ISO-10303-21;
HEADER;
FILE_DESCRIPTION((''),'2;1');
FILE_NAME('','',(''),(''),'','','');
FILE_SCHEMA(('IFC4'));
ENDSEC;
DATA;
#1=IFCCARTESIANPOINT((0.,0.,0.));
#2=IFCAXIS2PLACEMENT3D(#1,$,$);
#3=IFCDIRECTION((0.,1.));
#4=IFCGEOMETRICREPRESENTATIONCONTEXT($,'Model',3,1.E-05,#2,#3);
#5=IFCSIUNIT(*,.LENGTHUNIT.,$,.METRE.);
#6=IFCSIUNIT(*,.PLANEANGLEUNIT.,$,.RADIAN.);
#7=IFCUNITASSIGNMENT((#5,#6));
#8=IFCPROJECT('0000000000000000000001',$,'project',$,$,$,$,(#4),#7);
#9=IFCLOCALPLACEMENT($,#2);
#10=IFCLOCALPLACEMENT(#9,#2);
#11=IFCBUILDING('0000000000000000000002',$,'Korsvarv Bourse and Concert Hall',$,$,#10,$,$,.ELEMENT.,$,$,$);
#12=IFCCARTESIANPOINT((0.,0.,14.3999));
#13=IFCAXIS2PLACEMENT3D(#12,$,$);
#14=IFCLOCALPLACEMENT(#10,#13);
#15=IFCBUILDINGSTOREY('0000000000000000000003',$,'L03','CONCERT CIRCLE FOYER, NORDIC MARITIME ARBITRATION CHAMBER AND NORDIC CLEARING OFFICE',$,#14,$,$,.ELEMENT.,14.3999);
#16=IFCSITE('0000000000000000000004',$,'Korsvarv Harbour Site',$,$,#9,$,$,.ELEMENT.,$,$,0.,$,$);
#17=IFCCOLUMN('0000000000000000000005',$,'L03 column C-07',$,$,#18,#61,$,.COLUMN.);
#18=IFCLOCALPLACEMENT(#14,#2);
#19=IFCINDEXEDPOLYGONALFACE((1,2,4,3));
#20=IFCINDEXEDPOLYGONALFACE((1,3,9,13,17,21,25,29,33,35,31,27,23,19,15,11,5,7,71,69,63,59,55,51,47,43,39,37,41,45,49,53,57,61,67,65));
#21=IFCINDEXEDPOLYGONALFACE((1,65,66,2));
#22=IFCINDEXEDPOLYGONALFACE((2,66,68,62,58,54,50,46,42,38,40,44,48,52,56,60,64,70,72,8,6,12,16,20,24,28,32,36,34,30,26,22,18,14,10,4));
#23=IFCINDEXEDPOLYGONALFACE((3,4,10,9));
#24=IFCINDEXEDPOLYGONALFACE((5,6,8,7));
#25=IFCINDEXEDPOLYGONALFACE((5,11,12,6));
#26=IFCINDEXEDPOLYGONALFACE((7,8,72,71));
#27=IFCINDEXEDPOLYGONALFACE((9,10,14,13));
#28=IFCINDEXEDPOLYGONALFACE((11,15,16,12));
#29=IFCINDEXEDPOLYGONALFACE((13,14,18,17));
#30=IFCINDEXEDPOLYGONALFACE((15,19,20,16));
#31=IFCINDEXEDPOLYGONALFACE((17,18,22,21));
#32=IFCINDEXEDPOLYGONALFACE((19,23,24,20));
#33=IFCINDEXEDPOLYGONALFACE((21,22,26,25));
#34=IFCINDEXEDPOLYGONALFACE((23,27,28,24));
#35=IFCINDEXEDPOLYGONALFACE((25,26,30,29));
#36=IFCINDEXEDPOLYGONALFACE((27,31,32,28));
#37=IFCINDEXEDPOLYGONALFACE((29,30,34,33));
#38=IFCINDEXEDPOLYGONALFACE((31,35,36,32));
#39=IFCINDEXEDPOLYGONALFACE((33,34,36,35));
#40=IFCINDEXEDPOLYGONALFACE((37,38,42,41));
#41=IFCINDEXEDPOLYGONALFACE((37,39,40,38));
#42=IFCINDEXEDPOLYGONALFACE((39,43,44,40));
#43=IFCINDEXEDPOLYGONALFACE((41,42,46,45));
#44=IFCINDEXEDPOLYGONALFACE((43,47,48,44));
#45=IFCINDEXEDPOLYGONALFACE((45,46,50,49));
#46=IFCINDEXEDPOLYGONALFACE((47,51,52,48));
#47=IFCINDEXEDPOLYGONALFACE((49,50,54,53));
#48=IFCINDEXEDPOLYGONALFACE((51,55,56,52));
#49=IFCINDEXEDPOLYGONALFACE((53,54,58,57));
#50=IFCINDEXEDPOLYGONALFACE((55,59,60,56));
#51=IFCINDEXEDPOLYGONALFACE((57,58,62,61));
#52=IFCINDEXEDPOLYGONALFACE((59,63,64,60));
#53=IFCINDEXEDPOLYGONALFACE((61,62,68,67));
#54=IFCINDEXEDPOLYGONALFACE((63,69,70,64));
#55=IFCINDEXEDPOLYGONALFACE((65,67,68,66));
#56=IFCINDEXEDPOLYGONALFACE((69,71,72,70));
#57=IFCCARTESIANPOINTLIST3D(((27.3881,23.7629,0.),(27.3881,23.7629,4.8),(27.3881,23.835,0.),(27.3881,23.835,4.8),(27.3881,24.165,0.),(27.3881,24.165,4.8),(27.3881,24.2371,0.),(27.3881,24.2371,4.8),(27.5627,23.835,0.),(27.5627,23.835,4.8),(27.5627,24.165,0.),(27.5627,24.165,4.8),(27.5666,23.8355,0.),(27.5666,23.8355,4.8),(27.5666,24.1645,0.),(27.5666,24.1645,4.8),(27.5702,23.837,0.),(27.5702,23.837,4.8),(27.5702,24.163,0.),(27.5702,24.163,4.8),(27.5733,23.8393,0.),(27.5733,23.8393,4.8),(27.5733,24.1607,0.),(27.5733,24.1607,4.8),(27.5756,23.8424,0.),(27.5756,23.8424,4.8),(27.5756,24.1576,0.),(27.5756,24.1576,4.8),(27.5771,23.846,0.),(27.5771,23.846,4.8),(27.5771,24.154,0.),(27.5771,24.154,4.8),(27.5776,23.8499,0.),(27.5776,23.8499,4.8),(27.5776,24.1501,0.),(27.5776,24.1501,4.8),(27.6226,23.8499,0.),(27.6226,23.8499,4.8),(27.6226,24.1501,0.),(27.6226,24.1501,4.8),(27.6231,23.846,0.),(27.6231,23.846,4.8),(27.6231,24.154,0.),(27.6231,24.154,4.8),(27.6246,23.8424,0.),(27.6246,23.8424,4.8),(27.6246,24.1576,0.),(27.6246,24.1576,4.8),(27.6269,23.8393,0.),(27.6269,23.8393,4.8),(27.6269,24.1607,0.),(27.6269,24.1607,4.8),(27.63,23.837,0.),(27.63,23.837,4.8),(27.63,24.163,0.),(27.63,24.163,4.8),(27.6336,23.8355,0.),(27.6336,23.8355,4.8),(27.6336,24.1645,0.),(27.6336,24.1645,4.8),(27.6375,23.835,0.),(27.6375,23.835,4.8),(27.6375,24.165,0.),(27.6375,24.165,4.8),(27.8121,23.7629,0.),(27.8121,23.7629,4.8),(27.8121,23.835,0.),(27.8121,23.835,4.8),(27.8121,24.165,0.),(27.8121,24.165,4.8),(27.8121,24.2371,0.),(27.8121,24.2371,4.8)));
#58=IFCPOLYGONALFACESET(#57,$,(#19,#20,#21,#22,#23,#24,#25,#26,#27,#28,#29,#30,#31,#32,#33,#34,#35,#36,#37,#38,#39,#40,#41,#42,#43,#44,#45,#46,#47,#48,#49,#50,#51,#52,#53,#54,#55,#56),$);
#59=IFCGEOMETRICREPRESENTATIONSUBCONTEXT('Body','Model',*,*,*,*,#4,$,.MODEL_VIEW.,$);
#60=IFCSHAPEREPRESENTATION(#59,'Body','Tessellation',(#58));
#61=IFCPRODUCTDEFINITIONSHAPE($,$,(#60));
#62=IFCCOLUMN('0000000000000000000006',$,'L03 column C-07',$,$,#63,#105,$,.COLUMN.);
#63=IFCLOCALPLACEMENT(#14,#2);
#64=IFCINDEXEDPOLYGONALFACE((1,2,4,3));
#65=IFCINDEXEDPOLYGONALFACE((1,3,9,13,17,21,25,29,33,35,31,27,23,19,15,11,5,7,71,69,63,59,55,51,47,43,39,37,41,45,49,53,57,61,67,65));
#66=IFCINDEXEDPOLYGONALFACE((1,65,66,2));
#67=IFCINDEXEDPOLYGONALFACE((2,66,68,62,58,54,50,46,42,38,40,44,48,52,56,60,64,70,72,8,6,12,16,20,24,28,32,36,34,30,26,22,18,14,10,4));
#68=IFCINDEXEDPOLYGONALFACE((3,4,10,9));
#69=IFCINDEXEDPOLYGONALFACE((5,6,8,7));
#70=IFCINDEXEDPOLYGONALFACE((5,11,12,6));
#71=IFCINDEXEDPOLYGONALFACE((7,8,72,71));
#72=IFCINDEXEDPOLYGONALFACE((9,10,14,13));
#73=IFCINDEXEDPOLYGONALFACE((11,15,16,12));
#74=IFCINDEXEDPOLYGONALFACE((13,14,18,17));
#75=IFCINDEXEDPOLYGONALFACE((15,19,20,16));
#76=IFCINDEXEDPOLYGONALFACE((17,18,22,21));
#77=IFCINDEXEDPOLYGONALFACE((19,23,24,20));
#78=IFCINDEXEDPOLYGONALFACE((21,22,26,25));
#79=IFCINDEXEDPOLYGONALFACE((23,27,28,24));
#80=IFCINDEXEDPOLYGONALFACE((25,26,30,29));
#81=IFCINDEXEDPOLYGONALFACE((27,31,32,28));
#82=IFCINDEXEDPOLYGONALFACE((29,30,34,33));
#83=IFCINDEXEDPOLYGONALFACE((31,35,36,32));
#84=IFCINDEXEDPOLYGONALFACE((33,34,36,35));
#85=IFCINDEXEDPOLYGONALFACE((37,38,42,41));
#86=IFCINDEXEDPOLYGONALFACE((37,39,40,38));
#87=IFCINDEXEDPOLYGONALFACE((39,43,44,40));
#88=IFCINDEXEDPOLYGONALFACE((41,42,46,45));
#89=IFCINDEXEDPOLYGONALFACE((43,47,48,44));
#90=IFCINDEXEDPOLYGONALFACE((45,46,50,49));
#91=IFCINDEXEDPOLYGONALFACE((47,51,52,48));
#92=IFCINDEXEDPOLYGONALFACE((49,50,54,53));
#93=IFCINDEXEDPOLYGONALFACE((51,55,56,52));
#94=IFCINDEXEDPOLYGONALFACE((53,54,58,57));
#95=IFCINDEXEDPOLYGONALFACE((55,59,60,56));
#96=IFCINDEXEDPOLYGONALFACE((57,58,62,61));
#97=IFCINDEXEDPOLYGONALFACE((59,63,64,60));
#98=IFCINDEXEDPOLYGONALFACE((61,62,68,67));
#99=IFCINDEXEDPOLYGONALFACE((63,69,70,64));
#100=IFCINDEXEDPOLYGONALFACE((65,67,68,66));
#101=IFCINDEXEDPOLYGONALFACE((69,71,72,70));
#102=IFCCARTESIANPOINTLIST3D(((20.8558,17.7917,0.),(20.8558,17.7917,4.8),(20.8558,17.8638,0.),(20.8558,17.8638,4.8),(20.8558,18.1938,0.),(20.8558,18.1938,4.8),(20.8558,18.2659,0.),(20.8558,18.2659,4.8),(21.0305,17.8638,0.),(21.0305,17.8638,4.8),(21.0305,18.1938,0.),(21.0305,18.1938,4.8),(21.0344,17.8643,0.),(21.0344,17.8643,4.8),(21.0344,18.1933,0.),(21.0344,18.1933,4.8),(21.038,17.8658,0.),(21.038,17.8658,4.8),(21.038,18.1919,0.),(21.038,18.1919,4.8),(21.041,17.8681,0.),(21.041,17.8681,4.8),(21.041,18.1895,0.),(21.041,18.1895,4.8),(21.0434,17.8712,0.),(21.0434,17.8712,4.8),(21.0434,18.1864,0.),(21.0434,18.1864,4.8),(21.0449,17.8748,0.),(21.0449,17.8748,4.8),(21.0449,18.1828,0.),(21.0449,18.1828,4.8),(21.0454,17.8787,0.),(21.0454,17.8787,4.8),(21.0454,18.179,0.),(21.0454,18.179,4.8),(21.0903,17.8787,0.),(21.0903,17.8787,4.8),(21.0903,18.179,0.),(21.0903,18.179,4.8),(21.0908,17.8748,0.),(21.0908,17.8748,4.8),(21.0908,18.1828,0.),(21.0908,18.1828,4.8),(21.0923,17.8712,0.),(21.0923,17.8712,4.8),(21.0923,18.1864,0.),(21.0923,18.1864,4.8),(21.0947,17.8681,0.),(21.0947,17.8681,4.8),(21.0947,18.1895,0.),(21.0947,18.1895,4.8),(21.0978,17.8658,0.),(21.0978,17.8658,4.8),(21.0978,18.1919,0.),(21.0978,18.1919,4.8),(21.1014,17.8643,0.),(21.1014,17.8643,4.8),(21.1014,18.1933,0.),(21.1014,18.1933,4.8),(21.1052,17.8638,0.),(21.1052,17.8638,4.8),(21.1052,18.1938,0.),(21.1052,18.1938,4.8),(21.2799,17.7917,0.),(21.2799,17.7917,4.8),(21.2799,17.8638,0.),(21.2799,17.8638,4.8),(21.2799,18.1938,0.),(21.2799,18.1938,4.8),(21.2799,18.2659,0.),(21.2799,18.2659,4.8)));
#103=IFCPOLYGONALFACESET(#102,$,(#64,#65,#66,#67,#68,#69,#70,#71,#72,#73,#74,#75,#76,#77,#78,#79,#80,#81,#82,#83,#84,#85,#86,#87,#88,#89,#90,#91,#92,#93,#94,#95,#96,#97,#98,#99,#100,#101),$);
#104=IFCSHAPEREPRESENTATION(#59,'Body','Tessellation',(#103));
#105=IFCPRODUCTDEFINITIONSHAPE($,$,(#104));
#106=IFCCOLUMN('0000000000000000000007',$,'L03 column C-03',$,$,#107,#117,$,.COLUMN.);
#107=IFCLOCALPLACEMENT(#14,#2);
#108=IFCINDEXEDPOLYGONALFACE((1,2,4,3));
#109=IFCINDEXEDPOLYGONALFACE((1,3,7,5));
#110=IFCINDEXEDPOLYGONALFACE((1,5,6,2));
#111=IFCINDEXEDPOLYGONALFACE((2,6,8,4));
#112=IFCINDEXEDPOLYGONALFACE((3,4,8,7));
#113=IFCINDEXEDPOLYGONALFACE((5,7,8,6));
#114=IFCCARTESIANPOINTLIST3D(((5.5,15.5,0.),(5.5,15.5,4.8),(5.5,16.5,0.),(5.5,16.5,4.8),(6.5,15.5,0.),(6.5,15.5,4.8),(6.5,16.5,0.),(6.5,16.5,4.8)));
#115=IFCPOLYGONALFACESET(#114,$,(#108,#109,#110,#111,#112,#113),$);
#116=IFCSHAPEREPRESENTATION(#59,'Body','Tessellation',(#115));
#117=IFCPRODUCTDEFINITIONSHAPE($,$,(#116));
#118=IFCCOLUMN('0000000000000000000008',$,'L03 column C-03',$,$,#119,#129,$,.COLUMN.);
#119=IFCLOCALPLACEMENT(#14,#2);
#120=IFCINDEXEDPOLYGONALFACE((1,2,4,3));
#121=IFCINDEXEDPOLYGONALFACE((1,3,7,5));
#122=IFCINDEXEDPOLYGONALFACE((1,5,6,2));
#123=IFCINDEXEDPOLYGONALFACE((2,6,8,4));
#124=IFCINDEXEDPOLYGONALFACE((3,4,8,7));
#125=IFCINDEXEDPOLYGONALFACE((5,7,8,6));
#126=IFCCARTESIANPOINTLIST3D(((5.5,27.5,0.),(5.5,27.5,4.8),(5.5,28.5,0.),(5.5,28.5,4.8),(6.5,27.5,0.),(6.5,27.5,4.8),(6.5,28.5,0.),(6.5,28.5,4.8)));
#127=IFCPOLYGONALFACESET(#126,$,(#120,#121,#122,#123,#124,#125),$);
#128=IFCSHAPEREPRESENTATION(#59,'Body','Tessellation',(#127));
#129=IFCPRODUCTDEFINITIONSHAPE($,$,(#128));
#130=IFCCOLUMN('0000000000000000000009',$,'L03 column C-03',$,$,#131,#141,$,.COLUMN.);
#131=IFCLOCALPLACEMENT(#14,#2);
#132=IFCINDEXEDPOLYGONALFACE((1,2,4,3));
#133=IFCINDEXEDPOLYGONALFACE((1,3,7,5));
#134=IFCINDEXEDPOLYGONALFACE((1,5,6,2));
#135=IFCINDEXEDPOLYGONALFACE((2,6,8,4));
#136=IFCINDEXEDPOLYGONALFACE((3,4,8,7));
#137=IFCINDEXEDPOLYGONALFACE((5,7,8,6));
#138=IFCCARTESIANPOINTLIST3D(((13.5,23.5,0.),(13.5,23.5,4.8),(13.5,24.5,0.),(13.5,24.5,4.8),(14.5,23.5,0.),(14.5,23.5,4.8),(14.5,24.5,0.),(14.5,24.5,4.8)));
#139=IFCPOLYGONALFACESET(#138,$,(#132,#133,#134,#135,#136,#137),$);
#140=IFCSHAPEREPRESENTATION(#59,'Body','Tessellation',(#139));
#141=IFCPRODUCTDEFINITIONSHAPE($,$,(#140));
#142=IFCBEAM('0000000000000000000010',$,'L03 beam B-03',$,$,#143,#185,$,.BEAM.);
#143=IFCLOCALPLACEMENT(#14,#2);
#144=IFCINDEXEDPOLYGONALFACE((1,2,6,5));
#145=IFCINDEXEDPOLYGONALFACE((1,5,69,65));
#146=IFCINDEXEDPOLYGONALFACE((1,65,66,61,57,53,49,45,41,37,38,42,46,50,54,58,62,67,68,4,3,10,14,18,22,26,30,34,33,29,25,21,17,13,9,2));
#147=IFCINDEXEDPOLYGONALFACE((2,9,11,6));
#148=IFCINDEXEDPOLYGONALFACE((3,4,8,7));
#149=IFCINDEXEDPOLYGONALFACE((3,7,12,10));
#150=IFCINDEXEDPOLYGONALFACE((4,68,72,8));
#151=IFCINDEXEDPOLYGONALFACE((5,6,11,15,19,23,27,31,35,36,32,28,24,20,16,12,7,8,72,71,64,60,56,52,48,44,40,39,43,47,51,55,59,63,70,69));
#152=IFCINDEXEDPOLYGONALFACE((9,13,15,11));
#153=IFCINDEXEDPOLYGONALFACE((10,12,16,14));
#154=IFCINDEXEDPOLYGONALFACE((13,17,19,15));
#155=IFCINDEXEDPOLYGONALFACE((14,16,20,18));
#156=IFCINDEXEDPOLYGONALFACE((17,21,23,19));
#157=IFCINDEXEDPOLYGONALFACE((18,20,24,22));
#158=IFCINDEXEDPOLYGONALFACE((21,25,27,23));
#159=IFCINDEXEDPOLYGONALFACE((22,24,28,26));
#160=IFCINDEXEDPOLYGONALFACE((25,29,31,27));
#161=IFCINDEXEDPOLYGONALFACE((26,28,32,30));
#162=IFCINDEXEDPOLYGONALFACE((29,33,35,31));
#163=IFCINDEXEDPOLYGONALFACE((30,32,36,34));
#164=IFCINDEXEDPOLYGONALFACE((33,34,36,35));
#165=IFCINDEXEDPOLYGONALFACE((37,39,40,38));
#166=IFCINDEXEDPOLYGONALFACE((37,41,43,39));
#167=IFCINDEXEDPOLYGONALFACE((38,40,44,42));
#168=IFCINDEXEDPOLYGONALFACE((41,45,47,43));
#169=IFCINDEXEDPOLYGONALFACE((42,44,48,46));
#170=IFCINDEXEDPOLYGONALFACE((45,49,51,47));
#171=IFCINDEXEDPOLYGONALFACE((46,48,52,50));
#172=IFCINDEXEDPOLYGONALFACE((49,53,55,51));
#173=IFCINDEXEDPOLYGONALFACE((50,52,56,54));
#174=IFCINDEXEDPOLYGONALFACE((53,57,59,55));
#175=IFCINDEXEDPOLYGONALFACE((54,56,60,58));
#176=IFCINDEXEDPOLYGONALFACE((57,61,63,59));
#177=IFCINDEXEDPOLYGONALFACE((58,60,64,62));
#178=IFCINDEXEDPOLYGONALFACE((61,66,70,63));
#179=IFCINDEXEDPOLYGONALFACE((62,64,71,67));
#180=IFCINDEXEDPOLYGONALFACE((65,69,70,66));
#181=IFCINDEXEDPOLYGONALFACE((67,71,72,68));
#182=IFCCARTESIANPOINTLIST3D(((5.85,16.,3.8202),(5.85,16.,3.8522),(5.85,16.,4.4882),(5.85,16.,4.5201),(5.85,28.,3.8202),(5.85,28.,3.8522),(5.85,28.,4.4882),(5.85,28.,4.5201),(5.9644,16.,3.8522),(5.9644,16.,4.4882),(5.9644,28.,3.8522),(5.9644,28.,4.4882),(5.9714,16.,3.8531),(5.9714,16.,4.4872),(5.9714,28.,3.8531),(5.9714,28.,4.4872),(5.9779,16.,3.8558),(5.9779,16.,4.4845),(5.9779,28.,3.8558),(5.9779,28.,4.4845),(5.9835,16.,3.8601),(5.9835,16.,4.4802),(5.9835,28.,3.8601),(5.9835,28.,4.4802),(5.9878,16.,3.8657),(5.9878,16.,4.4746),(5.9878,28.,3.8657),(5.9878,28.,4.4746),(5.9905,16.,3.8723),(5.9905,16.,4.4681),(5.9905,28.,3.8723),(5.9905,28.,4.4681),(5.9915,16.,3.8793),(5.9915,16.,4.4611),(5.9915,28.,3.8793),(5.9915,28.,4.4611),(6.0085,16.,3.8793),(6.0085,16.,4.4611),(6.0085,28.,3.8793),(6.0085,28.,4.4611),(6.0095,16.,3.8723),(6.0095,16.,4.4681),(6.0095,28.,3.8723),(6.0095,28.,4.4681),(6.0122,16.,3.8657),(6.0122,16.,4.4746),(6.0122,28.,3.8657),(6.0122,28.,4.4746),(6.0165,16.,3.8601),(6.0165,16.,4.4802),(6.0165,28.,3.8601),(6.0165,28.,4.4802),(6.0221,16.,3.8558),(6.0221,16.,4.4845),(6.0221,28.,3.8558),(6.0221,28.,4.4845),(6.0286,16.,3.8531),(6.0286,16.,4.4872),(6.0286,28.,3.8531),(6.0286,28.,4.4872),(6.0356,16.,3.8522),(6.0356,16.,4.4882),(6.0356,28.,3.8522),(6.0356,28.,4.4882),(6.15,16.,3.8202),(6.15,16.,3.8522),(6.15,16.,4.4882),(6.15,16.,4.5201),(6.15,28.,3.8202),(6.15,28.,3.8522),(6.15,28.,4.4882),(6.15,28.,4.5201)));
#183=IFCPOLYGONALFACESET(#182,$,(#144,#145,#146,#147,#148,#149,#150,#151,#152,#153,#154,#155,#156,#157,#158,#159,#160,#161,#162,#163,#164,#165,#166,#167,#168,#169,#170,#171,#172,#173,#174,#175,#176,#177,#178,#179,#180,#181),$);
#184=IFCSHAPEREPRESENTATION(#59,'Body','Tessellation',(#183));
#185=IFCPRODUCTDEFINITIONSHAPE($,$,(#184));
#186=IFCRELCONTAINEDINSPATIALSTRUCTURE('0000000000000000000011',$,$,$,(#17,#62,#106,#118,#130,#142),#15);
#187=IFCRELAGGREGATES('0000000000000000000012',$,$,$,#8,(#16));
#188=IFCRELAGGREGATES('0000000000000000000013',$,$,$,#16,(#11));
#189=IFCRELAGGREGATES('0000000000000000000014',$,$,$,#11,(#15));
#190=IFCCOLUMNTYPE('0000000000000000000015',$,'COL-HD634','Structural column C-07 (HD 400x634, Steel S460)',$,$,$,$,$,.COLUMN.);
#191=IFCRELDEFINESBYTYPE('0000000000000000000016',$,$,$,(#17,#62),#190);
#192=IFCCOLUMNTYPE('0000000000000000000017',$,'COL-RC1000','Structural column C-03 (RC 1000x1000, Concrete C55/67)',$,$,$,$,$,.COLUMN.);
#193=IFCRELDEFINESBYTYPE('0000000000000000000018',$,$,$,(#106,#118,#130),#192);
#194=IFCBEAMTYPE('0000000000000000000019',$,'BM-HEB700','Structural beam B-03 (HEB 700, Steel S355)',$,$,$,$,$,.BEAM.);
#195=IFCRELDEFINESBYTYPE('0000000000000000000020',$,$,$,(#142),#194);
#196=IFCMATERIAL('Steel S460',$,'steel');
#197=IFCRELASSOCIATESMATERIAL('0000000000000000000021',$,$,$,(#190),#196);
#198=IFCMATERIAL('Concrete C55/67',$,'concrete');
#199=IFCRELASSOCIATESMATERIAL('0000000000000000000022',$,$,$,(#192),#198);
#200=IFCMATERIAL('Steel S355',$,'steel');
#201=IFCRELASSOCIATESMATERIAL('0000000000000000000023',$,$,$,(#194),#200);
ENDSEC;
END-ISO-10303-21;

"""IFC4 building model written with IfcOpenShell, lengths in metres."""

from ifc_helpers import new_model, si_unit, direction, frame, origin, origin_2d, place, context, subcontext, project, spatial, rectangle, i_section, extrude, source, transform, mapped, material, material_profile, profile_set, type_object, element, save


model = new_model("IFC4")

# Units and contexts
model_context = context("Model", 3, precision=1e-05, world=origin(), true_north=direction((0.0, 1.0)))
body_context = subcontext(model_context, "Body", "Model", "MODEL_VIEW")
ifc_project = project(units=[si_unit("LENGTHUNIT", "METRE"), si_unit("PLANEANGLEUNIT", "RADIAN")], contexts=[model_context])

# Site, building, storey
site_placement = place(None, origin())
site = spatial("IfcSite", under=ifc_project, at=site_placement, Name="Korsvarv Harbour Site", CompositionType="ELEMENT", RefElevation=0.0)
building_placement = place(site_placement, origin())
building = spatial("IfcBuilding", under=site, at=building_placement, Name="Korsvarv Bourse and Concert Hall", CompositionType="ELEMENT")
storey_placement = place(building_placement, frame((0.0, 0.0, 14.3999)))
storey = spatial("IfcBuildingStorey", under=building, at=storey_placement, Name="L03", Description="CONCERT CIRCLE FOYER, NORDIC MARITIME ARBITRATION CHAMBER AND NORDIC CLEARING OFFICE", CompositionType="ELEMENT", Elevation=14.3999)

# Columns
ifc_material_1 = material(Name="Steel S460", Category="steel")
ifc_material_profile_1 = material_profile(ifc_material_1, i_section(OverallWidth=0.4241, OverallDepth=0.4741, WebThickness=0.0449, FlangeThickness=0.072, FilletRadius=0.0149, at=origin_2d()), Name="HD 400x634")
ifc_profile_set_1 = profile_set([ifc_material_profile_1], Name="Steel S460")
column_type_1 = type_object("IfcColumnType", Name="COL-HD634", Description="Structural column C-07 (HD 400x634, Steel S460)", PredefinedType="COLUMN", material=ifc_profile_set_1)
shared_shape_1 = source(origin(), body_context, "Body", "SweptSolid", [
    extrude(i_section(OverallWidth=0.4241, OverallDepth=0.4741, WebThickness=0.0449, FlangeThickness=0.072, FilletRadius=0.0149, at=origin_2d()), origin(), (0.0, 0.0, 1.0), 4.8),
])
for number, where, z_axis, x_axis, name in (
    (1, (27.6001, 24.0, 0.0), (0.0, 0.0, 1.0), (1.0, 0.0, 0.0), "L03 column C-07"),
    (2, (21.0679, 18.0288, 0.0), (0.0, 0.0, 1.0), (1.0, 0.0, 0.0), "L03 column C-07"),
):
    element("IfcColumn", number, at=place(storey_placement, frame(where, z_axis=z_axis, x_axis=x_axis)), inside=storey, type_object=column_type_1, Name=name, PredefinedType="COLUMN", context=body_context, shape_type="MappedRepresentation", body=[
        mapped(shared_shape_1, transform((0.0, 0.0, 0.0), scale=1.0)),
    ])
ifc_material_2 = material(Name="Concrete C55/67", Category="concrete")
ifc_material_profile_2 = material_profile(ifc_material_2, rectangle(XDim=1.0, YDim=1.0, at=origin_2d()), Name="RC 1000x1000")
ifc_profile_set_2 = profile_set([ifc_material_profile_2], Name="Concrete C55/67")
column_type_2 = type_object("IfcColumnType", Name="COL-RC1000", Description="Structural column C-03 (RC 1000x1000, Concrete C55/67)", PredefinedType="COLUMN", material=ifc_profile_set_2)
shared_shape_2 = source(origin(), body_context, "Body", "SweptSolid", [
    extrude(rectangle(XDim=1.0, YDim=1.0, at=origin_2d()), origin(), (0.0, 0.0, 1.0), 4.8),
])
for number, where, z_axis, x_axis, name in (
    (3, (6.0, 16.0, 0.0), (0.0, 0.0, 1.0), (1.0, 0.0, 0.0), "L03 column C-03"),
    (4, (6.0, 28.0, 0.0), (0.0, 0.0, 1.0), (1.0, 0.0, 0.0), "L03 column C-03"),
    (5, (14.0, 24.0, 0.0), (0.0, 0.0, 1.0), (1.0, 0.0, 0.0), "L03 column C-03"),
):
    element("IfcColumn", number, at=place(storey_placement, frame(where, z_axis=z_axis, x_axis=x_axis)), inside=storey, type_object=column_type_2, Name=name, PredefinedType="COLUMN", context=body_context, shape_type="MappedRepresentation", body=[
        mapped(shared_shape_2, transform((0.0, 0.0, 0.0), scale=1.0)),
    ])

# Beam
ifc_material_3 = material(Name="Steel S355", Category="steel")
ifc_material_profile_3 = material_profile(ifc_material_3, i_section(OverallWidth=0.3, OverallDepth=0.7, WebThickness=0.0171, FlangeThickness=0.032, FilletRadius=0.0271, at=origin_2d()), Name="HEB 700")
ifc_profile_set_3 = profile_set([ifc_material_profile_3], Name="Steel S355")
beam_type_1 = type_object("IfcBeamType", Name="BM-HEB700", Description="Structural beam B-03 (HEB 700, Steel S355)", PredefinedType="BEAM", material=ifc_profile_set_3)
shared_shape_3 = source(origin(), body_context, "Body", "SweptSolid", [
    extrude(i_section(OverallWidth=0.3, OverallDepth=0.7, WebThickness=0.0171, FlangeThickness=0.032, FilletRadius=0.0271, at=origin_2d()), origin(), (0.0, 0.0, 1.0), 12.0),
])
for number, where, z_axis, x_axis, name in (
    (6, (6.0, 16.0, 4.1702), (0.0, 1.0, 0.0), (-1.0, 0.0, 0.0), "L03 beam B-03"),
):
    element("IfcBeam", number, at=place(storey_placement, frame(where, z_axis=z_axis, x_axis=x_axis)), inside=storey, type_object=beam_type_1, Name=name, PredefinedType="BEAM", context=body_context, shape_type="MappedRepresentation", body=[
        mapped(shared_shape_3, transform((0.0, 0.0, 0.0), scale=1.0)),
    ])

save(model, "model.ifc")
